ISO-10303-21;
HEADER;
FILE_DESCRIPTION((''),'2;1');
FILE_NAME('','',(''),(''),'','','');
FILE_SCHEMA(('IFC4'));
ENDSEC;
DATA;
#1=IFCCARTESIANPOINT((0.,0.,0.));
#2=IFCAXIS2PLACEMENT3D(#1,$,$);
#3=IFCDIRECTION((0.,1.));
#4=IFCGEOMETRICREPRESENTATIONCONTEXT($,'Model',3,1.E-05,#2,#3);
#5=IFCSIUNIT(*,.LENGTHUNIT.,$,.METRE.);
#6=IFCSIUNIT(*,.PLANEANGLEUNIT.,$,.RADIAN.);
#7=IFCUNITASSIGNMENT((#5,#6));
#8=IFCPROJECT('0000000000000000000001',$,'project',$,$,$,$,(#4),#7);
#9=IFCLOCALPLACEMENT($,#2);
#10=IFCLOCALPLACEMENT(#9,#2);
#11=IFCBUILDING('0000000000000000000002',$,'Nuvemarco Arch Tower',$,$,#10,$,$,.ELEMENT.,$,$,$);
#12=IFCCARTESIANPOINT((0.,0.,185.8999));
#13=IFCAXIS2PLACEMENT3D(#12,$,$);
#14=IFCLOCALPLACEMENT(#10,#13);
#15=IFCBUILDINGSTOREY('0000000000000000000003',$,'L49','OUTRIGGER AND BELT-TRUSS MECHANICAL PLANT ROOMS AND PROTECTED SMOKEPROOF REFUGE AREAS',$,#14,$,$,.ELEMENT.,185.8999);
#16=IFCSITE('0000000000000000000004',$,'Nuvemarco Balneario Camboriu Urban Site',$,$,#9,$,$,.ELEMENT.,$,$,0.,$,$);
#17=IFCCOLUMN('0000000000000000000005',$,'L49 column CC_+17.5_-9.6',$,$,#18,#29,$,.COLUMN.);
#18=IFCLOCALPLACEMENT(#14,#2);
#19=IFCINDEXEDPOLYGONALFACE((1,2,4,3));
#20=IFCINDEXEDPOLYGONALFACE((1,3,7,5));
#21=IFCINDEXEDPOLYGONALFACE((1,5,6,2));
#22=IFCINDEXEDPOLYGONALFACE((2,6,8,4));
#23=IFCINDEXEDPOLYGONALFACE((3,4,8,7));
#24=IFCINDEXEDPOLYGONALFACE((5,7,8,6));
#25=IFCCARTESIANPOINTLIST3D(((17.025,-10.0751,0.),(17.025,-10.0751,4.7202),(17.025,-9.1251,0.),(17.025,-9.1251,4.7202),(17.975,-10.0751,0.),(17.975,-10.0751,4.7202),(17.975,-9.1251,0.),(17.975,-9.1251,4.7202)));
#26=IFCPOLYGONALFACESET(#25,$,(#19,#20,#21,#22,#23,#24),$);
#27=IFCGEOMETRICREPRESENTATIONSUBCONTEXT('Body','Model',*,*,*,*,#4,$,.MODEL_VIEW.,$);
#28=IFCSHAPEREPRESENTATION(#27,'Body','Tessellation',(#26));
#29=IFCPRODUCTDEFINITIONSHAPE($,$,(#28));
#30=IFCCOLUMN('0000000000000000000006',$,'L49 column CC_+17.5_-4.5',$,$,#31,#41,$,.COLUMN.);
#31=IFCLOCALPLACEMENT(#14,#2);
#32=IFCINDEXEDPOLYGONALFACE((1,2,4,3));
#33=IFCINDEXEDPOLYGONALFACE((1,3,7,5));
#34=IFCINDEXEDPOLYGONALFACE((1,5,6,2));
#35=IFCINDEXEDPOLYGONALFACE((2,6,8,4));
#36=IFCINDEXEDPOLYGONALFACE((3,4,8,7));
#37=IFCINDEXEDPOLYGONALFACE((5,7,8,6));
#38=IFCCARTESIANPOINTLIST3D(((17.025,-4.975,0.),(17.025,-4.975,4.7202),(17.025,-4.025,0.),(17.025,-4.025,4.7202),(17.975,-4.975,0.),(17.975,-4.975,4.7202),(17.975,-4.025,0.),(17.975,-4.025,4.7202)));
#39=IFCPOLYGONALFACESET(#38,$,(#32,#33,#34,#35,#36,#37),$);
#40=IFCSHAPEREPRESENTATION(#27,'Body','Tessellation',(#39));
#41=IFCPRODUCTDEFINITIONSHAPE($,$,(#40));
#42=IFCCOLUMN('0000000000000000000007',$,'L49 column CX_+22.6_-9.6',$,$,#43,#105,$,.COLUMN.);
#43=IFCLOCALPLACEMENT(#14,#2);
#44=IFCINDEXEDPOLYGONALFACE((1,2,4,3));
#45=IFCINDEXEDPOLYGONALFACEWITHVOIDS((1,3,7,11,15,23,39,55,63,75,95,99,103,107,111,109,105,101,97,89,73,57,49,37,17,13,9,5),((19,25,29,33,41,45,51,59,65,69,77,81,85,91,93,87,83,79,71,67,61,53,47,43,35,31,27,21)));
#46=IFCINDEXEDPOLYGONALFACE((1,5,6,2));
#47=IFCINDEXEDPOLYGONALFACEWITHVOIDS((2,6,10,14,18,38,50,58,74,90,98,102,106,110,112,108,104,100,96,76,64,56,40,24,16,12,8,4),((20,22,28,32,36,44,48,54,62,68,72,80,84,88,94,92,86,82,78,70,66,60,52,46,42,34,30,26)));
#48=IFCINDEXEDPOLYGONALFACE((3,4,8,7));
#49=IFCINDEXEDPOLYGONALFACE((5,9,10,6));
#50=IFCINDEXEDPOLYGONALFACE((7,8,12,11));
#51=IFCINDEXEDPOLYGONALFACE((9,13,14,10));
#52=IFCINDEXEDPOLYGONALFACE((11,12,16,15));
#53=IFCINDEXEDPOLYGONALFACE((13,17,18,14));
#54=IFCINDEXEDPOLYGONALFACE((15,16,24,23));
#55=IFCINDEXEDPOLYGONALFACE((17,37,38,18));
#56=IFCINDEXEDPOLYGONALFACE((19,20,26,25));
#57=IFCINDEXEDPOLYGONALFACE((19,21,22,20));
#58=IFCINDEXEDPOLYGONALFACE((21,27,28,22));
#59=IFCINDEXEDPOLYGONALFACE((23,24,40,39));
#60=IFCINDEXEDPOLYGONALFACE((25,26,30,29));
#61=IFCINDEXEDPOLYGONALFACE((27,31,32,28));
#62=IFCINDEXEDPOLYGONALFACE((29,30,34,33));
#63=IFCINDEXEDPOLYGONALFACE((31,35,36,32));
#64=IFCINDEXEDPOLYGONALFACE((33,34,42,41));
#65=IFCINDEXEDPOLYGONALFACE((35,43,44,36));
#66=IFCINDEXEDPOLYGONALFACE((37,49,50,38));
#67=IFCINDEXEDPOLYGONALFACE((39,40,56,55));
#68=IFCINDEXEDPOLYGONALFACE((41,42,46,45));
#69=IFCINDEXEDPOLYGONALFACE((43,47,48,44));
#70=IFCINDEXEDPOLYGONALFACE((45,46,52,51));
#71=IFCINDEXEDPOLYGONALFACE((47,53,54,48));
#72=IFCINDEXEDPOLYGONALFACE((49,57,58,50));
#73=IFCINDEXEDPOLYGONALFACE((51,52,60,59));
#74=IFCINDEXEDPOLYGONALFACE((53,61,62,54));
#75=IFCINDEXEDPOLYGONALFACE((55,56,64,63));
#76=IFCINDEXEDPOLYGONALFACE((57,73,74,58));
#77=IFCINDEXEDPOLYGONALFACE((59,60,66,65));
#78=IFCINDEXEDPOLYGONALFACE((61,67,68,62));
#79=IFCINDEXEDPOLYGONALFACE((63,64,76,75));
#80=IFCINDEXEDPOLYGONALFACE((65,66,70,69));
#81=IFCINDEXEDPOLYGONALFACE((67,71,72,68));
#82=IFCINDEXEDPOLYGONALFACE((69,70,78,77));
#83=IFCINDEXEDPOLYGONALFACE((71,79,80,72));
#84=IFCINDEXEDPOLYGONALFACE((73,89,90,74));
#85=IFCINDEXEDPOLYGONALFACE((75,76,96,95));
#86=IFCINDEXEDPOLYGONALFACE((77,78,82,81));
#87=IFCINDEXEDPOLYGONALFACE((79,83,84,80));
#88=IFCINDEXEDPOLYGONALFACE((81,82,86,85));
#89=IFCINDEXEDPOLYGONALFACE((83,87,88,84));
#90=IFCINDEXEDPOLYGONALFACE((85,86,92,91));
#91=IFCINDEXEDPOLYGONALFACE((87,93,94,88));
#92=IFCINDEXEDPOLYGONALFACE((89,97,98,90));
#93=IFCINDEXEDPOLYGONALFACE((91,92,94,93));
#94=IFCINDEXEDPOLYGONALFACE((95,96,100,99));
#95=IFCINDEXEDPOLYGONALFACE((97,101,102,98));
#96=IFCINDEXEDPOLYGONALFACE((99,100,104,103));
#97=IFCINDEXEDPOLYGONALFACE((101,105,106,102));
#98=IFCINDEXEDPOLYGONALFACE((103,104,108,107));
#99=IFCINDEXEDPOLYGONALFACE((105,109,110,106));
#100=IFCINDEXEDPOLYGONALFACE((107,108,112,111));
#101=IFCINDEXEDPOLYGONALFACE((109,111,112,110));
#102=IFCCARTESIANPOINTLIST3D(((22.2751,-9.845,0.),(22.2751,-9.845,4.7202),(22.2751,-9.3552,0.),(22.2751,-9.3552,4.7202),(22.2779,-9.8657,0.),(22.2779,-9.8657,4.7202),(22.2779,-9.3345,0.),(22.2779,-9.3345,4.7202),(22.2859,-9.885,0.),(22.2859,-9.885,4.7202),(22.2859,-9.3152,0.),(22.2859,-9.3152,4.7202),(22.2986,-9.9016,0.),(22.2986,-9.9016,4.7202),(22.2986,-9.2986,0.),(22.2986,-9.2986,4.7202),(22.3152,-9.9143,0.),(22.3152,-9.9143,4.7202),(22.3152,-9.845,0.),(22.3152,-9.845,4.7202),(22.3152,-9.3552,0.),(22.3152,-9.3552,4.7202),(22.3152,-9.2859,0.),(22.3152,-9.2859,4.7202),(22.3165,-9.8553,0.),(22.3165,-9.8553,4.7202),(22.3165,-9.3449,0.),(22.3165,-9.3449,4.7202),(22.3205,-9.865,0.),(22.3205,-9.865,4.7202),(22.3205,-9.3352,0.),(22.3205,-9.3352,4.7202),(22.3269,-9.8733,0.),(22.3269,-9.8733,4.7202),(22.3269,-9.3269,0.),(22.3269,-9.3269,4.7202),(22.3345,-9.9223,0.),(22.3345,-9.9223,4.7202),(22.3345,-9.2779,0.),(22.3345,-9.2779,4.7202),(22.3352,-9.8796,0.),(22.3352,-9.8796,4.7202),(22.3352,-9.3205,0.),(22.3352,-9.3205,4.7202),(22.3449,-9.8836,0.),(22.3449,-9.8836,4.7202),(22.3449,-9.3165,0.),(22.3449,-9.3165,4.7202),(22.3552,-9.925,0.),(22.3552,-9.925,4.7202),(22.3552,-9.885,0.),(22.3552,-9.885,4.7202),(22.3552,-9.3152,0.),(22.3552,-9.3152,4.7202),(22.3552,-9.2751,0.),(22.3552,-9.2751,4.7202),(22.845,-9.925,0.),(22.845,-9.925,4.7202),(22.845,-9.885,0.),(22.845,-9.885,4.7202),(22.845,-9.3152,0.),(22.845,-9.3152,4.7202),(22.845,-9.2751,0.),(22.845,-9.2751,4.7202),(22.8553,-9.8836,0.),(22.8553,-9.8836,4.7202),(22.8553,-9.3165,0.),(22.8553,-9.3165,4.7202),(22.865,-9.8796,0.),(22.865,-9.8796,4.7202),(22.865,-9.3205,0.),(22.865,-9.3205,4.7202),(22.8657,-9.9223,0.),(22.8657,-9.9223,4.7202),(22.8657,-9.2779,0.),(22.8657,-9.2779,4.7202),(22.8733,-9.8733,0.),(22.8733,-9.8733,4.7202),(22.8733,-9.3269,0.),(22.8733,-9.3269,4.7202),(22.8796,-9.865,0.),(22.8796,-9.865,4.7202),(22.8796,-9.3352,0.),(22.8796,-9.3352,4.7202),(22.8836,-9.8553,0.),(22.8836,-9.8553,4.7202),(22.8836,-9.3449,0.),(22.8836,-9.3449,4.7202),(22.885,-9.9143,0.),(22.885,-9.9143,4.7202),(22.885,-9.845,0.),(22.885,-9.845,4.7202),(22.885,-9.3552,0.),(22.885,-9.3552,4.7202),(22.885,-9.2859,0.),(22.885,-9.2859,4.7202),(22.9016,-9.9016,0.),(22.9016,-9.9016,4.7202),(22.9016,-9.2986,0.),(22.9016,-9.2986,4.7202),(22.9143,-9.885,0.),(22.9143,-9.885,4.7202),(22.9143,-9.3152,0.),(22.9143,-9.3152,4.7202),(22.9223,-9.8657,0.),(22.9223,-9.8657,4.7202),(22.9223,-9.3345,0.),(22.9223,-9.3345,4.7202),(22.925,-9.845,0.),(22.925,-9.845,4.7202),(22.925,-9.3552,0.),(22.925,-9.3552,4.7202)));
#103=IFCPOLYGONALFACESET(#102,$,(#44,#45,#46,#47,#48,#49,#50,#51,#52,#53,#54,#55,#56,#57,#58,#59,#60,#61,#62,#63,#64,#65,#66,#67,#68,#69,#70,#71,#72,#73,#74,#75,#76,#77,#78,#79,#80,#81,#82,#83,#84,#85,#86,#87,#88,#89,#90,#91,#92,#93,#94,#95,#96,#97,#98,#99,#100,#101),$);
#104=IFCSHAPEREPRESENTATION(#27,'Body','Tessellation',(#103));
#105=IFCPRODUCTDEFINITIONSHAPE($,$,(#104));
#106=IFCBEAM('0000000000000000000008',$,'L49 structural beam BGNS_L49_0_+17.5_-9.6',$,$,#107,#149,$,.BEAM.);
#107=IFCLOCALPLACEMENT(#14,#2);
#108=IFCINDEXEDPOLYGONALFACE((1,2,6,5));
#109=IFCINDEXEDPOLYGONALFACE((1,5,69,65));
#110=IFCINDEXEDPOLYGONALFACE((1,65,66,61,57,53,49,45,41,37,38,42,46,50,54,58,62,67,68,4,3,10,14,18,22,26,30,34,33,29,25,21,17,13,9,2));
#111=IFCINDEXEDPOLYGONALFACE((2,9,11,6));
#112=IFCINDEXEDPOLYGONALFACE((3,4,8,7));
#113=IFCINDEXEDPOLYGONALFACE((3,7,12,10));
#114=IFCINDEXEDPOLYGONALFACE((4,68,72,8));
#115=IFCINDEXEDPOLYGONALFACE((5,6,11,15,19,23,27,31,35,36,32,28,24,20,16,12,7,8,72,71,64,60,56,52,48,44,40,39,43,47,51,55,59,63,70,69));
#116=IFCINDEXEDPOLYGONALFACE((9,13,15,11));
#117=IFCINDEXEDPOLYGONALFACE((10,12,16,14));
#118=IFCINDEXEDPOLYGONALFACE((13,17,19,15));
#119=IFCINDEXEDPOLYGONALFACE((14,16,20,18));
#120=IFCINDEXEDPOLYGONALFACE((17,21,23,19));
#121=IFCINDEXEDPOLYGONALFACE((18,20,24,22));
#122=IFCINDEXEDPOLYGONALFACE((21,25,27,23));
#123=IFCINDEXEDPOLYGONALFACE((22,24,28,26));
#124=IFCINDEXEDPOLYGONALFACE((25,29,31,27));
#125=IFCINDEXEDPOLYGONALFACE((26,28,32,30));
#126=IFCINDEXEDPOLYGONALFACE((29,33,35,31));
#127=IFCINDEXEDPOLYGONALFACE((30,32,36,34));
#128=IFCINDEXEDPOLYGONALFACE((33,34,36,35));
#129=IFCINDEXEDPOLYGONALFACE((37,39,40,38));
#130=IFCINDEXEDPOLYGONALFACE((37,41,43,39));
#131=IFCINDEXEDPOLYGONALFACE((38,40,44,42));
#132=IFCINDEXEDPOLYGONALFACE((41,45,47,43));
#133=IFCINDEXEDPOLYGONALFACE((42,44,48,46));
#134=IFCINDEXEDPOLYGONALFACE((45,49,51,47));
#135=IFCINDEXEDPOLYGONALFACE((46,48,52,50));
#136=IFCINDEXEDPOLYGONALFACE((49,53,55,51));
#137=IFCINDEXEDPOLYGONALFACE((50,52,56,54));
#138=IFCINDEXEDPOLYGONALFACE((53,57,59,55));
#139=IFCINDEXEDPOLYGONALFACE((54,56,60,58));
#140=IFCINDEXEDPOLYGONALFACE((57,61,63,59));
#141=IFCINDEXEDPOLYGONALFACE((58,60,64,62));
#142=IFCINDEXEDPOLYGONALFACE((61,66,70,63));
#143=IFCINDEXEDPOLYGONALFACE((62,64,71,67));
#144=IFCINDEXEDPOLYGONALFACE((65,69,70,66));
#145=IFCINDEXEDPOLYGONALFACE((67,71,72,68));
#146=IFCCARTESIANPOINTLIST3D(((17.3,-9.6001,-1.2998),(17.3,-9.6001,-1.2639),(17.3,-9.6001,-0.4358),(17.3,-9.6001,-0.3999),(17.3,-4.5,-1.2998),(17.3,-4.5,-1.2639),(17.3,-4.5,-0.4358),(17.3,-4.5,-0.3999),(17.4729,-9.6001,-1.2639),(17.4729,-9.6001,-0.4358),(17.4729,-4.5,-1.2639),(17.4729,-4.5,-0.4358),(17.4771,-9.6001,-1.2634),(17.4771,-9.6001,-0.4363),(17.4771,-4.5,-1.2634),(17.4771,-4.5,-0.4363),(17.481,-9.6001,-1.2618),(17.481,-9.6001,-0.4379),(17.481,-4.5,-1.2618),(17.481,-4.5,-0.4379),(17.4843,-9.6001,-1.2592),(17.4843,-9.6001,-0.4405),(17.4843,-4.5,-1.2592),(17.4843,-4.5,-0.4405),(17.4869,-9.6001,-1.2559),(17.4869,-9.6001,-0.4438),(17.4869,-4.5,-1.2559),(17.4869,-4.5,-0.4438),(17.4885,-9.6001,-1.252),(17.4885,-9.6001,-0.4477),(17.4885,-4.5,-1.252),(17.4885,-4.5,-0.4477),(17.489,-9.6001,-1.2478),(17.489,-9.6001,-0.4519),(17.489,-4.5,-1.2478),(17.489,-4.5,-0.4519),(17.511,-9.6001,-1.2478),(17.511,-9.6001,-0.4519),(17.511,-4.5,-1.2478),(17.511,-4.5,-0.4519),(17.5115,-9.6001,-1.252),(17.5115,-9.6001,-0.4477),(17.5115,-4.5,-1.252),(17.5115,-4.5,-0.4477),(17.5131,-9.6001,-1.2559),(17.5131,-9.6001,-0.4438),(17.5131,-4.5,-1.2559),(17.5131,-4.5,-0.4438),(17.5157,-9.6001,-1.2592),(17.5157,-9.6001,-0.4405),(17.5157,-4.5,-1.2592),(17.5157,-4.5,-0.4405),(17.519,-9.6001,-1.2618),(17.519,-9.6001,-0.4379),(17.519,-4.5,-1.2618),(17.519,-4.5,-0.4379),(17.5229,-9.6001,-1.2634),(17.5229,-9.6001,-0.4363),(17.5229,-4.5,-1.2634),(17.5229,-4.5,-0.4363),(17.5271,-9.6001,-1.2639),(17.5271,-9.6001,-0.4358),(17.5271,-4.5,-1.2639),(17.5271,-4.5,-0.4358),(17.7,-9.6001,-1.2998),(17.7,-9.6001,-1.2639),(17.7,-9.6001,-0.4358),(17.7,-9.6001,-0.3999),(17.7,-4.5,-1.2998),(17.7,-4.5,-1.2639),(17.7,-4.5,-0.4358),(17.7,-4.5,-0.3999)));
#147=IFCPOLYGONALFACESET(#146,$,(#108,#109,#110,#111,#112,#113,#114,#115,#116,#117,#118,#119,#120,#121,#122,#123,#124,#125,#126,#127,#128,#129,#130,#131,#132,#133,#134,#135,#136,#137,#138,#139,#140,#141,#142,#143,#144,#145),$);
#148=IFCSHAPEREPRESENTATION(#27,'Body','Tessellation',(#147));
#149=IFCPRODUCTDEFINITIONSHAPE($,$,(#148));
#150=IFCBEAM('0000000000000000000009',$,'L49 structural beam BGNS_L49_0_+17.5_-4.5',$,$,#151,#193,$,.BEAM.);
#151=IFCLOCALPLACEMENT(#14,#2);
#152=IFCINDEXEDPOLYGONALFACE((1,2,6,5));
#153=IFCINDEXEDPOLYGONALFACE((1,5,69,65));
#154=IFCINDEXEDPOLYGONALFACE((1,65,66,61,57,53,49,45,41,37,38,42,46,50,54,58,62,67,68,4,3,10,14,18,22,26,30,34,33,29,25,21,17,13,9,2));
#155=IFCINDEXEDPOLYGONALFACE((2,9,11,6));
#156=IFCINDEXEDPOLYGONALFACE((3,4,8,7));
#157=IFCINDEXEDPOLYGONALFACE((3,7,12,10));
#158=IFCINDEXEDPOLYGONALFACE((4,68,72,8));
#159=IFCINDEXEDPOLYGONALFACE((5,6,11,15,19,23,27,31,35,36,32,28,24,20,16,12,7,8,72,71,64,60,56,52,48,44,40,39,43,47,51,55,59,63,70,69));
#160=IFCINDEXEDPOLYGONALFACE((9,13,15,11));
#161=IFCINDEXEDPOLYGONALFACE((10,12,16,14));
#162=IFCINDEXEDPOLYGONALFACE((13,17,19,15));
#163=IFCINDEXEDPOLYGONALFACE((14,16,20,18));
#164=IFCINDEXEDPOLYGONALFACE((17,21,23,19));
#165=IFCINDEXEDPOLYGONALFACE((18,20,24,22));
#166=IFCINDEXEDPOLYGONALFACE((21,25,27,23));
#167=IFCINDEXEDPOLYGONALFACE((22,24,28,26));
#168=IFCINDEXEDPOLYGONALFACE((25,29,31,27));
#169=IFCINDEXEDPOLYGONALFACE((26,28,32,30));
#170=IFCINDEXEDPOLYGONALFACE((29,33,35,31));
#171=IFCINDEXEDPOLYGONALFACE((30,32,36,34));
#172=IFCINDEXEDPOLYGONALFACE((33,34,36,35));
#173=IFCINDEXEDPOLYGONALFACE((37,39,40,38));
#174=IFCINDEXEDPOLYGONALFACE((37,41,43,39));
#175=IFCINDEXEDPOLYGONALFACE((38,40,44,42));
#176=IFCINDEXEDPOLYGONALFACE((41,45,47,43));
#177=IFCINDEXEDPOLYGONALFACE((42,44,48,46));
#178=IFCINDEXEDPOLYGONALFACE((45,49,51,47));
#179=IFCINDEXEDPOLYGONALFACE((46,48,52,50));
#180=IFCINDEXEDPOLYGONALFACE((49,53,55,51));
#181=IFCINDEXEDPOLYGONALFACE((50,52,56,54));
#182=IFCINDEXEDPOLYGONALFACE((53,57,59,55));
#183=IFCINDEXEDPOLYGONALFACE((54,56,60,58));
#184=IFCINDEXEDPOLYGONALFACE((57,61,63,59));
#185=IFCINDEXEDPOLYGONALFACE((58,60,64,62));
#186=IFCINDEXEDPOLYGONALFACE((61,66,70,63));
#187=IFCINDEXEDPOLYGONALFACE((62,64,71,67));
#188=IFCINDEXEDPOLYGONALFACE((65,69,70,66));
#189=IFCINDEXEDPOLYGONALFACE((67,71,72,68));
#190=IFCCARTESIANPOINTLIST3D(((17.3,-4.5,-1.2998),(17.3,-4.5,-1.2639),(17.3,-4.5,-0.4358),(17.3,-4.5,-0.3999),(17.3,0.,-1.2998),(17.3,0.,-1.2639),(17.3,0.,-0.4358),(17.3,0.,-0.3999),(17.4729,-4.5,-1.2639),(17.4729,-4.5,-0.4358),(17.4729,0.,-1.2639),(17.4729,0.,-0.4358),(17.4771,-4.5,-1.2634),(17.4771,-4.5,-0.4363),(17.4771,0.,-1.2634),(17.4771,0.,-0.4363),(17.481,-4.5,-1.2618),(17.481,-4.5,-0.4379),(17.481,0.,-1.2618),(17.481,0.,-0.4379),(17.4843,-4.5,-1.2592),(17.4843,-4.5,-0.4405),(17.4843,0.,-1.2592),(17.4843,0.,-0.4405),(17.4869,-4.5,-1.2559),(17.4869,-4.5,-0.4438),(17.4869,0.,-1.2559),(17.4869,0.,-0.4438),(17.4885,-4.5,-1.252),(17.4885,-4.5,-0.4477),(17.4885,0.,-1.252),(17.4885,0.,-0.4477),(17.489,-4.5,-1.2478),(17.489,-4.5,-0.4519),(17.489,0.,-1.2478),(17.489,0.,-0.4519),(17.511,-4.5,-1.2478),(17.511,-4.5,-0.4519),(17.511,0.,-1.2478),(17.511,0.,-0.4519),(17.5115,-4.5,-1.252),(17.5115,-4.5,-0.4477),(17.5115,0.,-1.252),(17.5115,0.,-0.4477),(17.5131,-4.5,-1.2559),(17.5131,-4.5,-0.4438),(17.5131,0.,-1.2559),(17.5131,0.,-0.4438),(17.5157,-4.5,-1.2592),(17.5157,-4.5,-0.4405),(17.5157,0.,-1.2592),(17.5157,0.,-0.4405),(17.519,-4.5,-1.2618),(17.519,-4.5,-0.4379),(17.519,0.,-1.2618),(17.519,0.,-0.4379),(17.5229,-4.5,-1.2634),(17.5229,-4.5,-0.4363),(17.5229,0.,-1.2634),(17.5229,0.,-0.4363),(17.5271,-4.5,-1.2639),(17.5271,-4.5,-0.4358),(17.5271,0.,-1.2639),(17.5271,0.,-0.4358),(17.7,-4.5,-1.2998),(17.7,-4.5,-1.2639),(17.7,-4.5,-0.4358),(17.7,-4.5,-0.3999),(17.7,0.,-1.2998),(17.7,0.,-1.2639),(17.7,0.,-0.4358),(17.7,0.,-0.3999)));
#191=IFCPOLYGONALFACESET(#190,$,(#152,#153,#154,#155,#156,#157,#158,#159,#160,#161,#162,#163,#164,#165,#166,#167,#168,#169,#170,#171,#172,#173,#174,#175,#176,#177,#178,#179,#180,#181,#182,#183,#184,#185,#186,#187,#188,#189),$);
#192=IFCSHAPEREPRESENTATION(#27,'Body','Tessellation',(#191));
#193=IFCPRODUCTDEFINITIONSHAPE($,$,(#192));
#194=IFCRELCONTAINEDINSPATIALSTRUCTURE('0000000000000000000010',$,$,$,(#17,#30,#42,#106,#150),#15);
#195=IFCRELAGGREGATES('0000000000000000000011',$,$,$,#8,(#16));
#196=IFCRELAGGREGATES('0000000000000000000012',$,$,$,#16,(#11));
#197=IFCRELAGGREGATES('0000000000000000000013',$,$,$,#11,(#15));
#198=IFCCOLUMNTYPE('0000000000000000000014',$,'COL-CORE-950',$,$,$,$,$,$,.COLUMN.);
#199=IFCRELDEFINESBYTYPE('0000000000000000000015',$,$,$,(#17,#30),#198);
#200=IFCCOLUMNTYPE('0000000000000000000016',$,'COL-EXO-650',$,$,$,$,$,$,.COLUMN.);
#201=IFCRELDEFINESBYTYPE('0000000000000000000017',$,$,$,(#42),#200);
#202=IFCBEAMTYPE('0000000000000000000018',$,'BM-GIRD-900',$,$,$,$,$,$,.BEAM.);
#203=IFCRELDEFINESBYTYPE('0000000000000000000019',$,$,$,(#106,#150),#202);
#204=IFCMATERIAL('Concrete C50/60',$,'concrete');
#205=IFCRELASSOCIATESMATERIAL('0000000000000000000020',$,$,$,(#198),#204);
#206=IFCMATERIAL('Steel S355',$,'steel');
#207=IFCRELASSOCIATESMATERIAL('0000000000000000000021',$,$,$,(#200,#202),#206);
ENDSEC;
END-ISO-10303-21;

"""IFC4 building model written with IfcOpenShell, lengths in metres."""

from ifc_helpers import new_model, si_unit, direction, frame, origin, origin_2d, place, context, subcontext, project, spatial, rectangle, hollow_rectangle, i_section, extrude, material, material_profile, profile_set, type_object, element, save


model = new_model("IFC4")

# Units and contexts
model_context = context("Model", 3, precision=1e-05, world=origin(), true_north=direction((0.0, 1.0)))
body_context = subcontext(model_context, "Body", "Model", "MODEL_VIEW")
ifc_project = project(units=[si_unit("LENGTHUNIT", "METRE"), si_unit("PLANEANGLEUNIT", "RADIAN")], contexts=[model_context])

# Site, building, storey
site_placement = place(None, origin())
site = spatial("IfcSite", under=ifc_project, at=site_placement, Name="Nuvemarco Balneario Camboriu Urban Site", CompositionType="ELEMENT", RefElevation=0.0)
building_placement = place(site_placement, origin())
building = spatial("IfcBuilding", under=site, at=building_placement, Name="Nuvemarco Arch Tower", CompositionType="ELEMENT")
storey_placement = place(building_placement, frame((0.0, 0.0, 185.8999)))
storey = spatial("IfcBuildingStorey", under=building, at=storey_placement, Name="L49", Description="OUTRIGGER AND BELT-TRUSS MECHANICAL PLANT ROOMS AND PROTECTED SMOKEPROOF REFUGE AREAS", CompositionType="ELEMENT", Elevation=185.8999)

# Columns
ifc_material_1 = material(Name="Concrete C50/60", Category="concrete")
ifc_material_profile_1 = material_profile(ifc_material_1, rectangle(XDim=0.95, YDim=0.95, at=origin_2d()), Name="RC-COL-950x950")
ifc_profile_set_1 = profile_set([ifc_material_profile_1], Name="Concrete C50/60")
column_type_1 = type_object("IfcColumnType", Name="COL-CORE-950", PredefinedType="COLUMN", material=ifc_profile_set_1)
for number, where, z_axis, x_axis, name in (
    (1, (17.5, -9.6001, 0.0), (0.0, 0.0, 1.0), (1.0, 0.0, 0.0), "L49 column CC_+17.5_-9.6"),
    (2, (17.5, -4.5, 0.0), (0.0, 0.0, 1.0), (1.0, 0.0, 0.0), "L49 column CC_+17.5_-4.5"),
):
    element("IfcColumn", number, at=place(storey_placement, frame(where, z_axis=z_axis, x_axis=x_axis)), inside=storey, type_object=column_type_1, Name=name, PredefinedType="COLUMN", context=body_context, shape_type="SweptSolid", body=[
        extrude(rectangle(XDim=0.95, YDim=0.95, at=origin_2d()), origin(), (0.0, 0.0, 1.0), 4.7202),
    ])
ifc_material_2 = material(Name="Steel S355", Category="steel")
ifc_material_profile_2 = material_profile(ifc_material_2, hollow_rectangle(XDim=0.6499, YDim=0.6499, WallThickness=0.04, InnerFilletRadius=0.04, OuterFilletRadius=0.0801, at=origin_2d()), Name="SHS650x650x40")
ifc_profile_set_2 = profile_set([ifc_material_profile_2], Name="Steel S355")
column_type_2 = type_object("IfcColumnType", Name="COL-EXO-650", PredefinedType="COLUMN", material=ifc_profile_set_2)
column_placement = place(storey_placement, frame((22.6001, -9.6001, 0.0), z_axis=(0.0, 0.0, 1.0), x_axis=(1.0, 0.0, 0.0)))
element("IfcColumn", 3, at=column_placement, inside=storey, type_object=column_type_2, Name="L49 column CX_+22.6_-9.6", PredefinedType="COLUMN", context=body_context, shape_type="SweptSolid", body=[
    extrude(hollow_rectangle(XDim=0.6499, YDim=0.6499, WallThickness=0.04, InnerFilletRadius=0.04, OuterFilletRadius=0.0801, at=origin_2d()), origin(), (0.0, 0.0, 1.0), 4.7202),
])

# Beams
ifc_material_profile_3 = material_profile(ifc_material_2, i_section(OverallWidth=0.3999, OverallDepth=0.8999, WebThickness=0.022, FlangeThickness=0.0359, FilletRadius=0.0161, at=origin_2d()), Name="PG900x400")
ifc_profile_set_3 = profile_set([ifc_material_profile_3], Name="Steel S355")
beam_type_1 = type_object("IfcBeamType", Name="BM-GIRD-900", PredefinedType="BEAM", material=ifc_profile_set_3)
beam_1_placement = place(storey_placement, frame((17.5, -9.6001, -0.8499), z_axis=(0.0, 1.0, 0.0), x_axis=(-1.0, 0.0, 0.0)))
element("IfcBeam", 4, at=beam_1_placement, inside=storey, type_object=beam_type_1, Name="L49 structural beam BGNS_L49_0_+17.5_-9.6", PredefinedType="BEAM", context=body_context, shape_type="SweptSolid", body=[
    extrude(i_section(OverallWidth=0.3999, OverallDepth=0.8999, WebThickness=0.022, FlangeThickness=0.0359, FilletRadius=0.0161, at=origin_2d()), origin(), (0.0, 0.0, 1.0), 5.1001),
])
beam_2_placement = place(storey_placement, frame((17.5, -4.5, -0.8499), z_axis=(0.0, 1.0, 0.0), x_axis=(-1.0, 0.0, 0.0)))
element("IfcBeam", 5, at=beam_2_placement, inside=storey, type_object=beam_type_1, Name="L49 structural beam BGNS_L49_0_+17.5_-4.5", PredefinedType="BEAM", context=body_context, shape_type="SweptSolid", body=[
    extrude(i_section(OverallWidth=0.3999, OverallDepth=0.8999, WebThickness=0.022, FlangeThickness=0.0359, FilletRadius=0.0161, at=origin_2d()), origin(), (0.0, 0.0, 1.0), 4.5),
])

save(model, "model.ifc")
